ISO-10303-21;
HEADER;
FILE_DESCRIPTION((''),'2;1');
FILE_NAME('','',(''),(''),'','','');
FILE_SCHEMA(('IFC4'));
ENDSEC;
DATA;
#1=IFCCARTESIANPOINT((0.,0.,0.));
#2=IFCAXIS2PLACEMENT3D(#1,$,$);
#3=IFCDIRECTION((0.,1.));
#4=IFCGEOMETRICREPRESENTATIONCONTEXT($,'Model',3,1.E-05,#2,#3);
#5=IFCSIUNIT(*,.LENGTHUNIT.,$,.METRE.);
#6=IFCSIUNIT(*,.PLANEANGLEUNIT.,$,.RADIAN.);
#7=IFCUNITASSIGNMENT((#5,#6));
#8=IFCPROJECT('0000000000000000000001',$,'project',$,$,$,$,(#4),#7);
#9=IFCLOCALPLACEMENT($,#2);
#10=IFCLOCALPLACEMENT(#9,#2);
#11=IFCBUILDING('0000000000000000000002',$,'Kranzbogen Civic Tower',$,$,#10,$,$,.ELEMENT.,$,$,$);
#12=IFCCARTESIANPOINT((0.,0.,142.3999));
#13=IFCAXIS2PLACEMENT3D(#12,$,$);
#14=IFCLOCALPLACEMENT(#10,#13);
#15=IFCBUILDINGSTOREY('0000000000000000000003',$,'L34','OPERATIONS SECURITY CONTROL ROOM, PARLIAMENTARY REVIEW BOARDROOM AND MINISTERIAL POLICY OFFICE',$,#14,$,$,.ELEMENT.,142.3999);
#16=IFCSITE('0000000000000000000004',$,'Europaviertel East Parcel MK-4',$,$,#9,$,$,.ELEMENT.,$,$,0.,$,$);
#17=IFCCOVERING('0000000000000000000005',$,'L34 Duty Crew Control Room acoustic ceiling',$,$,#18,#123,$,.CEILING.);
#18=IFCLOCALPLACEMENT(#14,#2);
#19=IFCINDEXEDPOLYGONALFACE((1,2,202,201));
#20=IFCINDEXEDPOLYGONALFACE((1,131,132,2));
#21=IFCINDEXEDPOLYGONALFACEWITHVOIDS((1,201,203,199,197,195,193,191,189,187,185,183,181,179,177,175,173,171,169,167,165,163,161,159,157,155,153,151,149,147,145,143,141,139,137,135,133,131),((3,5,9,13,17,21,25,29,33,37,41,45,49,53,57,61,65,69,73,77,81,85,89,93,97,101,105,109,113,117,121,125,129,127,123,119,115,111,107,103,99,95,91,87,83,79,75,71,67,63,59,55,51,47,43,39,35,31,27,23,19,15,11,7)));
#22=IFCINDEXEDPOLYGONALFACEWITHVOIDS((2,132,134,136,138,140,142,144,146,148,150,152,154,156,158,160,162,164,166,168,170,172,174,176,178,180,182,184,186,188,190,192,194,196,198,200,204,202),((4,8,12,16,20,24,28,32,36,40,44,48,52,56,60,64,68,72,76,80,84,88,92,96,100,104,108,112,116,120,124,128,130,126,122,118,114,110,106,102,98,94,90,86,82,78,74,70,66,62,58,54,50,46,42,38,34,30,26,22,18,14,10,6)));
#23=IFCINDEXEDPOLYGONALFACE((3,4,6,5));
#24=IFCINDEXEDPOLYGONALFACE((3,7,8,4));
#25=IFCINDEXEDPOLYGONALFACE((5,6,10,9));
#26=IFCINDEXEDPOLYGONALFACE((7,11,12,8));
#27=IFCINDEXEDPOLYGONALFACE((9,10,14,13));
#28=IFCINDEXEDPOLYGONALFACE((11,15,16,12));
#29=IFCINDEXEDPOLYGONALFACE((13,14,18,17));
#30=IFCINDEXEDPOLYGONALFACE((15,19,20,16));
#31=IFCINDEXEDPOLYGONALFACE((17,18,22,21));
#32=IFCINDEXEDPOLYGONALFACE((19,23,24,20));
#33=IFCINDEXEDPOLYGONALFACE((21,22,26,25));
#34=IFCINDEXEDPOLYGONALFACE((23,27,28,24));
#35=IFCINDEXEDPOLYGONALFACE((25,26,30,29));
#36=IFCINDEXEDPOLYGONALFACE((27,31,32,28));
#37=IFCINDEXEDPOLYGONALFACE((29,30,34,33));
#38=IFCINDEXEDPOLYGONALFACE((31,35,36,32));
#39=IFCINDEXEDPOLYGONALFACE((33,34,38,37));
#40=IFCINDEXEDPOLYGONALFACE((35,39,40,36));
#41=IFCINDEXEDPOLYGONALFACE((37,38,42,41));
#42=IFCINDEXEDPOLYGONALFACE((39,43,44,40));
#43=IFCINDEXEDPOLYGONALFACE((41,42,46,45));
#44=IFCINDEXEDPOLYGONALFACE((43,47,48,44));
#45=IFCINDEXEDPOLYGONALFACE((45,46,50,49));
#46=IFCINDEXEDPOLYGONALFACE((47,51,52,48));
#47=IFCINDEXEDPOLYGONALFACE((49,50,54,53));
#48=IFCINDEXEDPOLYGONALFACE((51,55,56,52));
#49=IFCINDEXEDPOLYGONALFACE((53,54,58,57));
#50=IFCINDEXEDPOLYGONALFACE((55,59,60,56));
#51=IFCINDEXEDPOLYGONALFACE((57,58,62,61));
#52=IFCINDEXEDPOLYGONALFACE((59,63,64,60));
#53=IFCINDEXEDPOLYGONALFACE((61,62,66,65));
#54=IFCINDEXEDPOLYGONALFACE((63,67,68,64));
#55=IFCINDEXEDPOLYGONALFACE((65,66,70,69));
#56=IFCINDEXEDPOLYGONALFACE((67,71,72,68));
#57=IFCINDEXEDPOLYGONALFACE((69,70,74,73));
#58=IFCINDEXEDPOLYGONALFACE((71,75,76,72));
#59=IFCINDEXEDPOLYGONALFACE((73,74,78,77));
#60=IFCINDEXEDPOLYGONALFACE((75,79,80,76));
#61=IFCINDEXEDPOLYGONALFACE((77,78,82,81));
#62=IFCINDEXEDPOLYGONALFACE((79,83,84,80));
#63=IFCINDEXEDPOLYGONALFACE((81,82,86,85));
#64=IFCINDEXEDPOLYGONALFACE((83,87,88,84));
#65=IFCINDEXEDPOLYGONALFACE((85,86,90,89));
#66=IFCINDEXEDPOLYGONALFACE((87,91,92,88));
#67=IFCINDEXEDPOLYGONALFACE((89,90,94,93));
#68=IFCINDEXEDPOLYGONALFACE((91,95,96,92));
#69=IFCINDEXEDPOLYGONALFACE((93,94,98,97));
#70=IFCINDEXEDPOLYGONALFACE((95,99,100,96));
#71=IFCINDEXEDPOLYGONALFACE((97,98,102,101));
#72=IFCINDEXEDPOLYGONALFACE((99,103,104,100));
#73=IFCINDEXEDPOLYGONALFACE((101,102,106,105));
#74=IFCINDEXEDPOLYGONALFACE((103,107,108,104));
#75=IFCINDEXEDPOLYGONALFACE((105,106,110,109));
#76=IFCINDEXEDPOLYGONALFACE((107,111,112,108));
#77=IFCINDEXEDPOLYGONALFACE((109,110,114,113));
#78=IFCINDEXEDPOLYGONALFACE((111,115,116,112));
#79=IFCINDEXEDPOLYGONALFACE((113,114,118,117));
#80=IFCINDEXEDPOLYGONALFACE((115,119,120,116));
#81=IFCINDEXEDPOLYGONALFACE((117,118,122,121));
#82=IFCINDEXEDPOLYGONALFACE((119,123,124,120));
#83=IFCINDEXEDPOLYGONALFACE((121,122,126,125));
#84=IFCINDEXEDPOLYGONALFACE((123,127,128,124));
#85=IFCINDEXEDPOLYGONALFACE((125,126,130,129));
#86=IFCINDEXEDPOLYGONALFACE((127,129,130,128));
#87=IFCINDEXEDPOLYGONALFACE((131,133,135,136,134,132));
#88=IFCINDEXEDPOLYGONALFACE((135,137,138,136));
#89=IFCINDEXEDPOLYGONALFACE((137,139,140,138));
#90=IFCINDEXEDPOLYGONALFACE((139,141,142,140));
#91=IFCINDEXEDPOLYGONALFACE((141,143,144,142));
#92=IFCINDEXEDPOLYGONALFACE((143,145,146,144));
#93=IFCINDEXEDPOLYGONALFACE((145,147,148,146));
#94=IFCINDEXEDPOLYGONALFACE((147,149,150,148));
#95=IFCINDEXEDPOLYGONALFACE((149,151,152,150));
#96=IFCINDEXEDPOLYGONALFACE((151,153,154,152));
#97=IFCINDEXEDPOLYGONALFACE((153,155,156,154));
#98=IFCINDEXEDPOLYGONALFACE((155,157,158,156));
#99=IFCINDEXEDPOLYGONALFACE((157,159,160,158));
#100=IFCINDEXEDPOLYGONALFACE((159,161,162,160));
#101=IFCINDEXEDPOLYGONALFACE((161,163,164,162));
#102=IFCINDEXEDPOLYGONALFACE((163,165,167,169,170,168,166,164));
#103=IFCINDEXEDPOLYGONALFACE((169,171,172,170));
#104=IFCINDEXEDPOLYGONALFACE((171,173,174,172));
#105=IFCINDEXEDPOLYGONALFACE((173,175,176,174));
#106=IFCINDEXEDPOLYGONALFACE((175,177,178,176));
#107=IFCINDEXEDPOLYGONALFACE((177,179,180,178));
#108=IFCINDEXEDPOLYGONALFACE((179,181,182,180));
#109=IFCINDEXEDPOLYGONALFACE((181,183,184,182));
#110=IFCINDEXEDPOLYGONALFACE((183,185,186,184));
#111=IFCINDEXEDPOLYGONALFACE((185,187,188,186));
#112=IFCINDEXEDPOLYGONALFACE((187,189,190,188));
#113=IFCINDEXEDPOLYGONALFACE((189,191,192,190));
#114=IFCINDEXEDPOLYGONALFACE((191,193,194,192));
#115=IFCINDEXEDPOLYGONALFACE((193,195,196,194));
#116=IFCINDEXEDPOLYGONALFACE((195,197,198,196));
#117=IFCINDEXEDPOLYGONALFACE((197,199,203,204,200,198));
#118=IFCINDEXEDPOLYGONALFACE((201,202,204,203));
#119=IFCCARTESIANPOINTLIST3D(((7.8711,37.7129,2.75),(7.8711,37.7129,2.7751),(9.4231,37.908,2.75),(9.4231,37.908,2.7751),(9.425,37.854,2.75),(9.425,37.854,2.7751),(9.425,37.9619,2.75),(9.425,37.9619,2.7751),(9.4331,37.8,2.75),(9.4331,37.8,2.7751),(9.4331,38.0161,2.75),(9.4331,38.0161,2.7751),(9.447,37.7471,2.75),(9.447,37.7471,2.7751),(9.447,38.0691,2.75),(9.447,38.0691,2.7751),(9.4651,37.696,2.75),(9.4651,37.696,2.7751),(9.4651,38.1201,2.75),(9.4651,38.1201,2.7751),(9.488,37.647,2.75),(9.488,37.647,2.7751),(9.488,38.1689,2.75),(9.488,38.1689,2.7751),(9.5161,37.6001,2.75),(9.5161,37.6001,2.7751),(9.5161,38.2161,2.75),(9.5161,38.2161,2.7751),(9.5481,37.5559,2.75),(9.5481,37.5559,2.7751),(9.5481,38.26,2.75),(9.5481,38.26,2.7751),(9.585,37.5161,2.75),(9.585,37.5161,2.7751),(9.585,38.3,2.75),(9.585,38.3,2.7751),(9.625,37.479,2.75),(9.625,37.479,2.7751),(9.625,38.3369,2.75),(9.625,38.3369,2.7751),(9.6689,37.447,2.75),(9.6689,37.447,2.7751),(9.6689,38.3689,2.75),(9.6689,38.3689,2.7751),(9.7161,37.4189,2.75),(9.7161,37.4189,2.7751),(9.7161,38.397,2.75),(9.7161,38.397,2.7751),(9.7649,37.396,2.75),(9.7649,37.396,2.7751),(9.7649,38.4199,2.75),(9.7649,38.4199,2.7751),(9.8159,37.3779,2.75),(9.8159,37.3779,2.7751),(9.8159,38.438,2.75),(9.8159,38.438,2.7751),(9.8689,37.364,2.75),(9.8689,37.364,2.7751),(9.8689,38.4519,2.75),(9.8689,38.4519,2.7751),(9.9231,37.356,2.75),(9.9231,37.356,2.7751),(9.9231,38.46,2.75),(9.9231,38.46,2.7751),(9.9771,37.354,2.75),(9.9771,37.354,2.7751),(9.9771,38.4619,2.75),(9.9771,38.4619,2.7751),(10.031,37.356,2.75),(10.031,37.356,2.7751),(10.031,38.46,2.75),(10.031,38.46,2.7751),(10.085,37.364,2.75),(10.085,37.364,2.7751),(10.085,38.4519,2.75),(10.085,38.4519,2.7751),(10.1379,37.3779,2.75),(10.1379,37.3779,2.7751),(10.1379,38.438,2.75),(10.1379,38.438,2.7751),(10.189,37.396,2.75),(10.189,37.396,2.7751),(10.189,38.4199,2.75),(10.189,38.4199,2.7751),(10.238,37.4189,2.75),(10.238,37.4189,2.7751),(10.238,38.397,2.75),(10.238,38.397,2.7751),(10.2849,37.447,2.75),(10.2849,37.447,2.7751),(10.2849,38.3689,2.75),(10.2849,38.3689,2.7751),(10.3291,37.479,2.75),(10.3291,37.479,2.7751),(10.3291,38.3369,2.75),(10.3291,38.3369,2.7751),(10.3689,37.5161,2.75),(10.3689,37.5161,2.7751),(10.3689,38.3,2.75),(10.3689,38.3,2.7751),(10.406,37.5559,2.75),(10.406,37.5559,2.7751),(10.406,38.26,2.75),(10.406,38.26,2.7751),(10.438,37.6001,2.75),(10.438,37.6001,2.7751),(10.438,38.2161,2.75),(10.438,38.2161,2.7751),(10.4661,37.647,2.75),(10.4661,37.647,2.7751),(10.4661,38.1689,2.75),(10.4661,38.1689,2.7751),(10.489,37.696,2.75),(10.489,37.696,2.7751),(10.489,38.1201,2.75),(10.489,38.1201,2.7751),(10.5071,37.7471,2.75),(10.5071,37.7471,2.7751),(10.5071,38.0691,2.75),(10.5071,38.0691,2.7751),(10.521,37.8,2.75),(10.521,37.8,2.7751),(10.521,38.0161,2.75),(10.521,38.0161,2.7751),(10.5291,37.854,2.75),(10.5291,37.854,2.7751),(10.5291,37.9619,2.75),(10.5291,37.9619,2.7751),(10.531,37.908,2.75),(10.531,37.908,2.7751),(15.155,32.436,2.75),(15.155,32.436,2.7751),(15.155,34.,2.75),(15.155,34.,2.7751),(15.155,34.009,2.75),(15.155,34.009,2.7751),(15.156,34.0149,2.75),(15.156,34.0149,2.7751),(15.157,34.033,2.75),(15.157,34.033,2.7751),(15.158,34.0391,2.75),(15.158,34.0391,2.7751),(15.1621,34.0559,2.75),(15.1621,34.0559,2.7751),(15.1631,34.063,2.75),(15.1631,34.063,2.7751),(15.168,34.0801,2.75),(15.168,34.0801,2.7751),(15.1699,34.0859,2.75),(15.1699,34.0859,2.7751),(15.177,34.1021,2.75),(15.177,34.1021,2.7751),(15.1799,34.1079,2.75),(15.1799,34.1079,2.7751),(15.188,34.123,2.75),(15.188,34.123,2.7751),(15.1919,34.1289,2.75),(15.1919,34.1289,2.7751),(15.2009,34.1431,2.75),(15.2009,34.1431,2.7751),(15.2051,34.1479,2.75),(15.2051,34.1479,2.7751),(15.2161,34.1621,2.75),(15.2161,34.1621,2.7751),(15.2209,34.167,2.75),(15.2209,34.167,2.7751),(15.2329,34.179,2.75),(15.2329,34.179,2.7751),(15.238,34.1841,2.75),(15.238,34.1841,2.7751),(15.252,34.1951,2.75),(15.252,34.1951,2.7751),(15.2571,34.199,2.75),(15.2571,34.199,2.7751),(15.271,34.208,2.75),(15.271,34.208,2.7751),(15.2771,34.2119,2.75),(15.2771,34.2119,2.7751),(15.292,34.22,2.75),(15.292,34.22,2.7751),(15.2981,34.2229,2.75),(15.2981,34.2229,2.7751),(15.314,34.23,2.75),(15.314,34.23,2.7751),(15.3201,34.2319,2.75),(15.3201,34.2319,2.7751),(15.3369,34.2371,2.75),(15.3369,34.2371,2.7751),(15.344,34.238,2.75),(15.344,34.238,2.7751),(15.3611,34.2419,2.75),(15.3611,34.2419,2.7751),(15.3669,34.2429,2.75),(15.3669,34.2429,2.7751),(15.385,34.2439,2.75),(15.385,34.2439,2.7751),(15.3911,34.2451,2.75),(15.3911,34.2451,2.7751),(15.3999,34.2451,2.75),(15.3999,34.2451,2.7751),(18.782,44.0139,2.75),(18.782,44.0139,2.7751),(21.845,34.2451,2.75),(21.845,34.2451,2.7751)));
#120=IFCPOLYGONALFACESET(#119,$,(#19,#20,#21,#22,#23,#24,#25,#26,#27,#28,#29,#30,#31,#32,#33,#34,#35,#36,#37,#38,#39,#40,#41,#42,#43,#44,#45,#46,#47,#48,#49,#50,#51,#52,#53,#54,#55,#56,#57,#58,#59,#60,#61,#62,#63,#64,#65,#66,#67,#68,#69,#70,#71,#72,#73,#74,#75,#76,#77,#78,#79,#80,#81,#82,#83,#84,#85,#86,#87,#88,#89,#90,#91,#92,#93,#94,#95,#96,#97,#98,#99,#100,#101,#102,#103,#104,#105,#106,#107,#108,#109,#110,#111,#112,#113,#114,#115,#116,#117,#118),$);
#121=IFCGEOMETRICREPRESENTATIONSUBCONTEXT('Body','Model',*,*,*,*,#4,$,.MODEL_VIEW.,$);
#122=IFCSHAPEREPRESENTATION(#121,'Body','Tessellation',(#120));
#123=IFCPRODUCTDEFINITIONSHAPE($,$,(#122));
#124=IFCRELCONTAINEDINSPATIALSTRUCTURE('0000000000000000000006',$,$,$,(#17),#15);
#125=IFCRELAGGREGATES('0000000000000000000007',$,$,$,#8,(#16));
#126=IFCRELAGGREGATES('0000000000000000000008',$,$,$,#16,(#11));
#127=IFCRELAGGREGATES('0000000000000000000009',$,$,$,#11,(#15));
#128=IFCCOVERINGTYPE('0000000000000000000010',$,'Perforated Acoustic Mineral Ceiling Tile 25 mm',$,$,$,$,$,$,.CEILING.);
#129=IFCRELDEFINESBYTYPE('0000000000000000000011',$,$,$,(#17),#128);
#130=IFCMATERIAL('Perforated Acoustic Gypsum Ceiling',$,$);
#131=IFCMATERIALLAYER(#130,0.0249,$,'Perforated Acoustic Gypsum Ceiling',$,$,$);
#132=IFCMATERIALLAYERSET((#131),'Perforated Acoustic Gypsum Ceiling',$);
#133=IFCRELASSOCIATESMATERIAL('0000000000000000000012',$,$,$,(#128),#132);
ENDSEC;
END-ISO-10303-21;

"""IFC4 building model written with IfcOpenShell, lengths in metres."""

from ifc_helpers import new_model, si_unit, direction, frame, origin, place, context, subcontext, project, spatial, polyline, outline, extrude, material, layer, layer_set, type_object, element, save


model = new_model("IFC4")

# Units and contexts
model_context = context("Model", 3, precision=1e-05, world=origin(), true_north=direction((0.0, 1.0)))
body_context = subcontext(model_context, "Body", "Model", "MODEL_VIEW")
ifc_project = project(units=[si_unit("LENGTHUNIT", "METRE"), si_unit("PLANEANGLEUNIT", "RADIAN")], contexts=[model_context])

# Site, building, storey
site_placement = place(None, origin())
site = spatial("IfcSite", under=ifc_project, at=site_placement, Name="Europaviertel East Parcel MK-4", CompositionType="ELEMENT", RefElevation=0.0)
building_placement = place(site_placement, origin())
building = spatial("IfcBuilding", under=site, at=building_placement, Name="Kranzbogen Civic Tower", CompositionType="ELEMENT")
storey_placement = place(building_placement, frame((0.0, 0.0, 142.3999)))
storey = spatial("IfcBuildingStorey", under=building, at=storey_placement, Name="L34", Description="OPERATIONS SECURITY CONTROL ROOM, PARLIAMENTARY REVIEW BOARDROOM AND MINISTERIAL POLICY OFFICE", CompositionType="ELEMENT", Elevation=142.3999)

# Covering
ifc_material_1 = material(Name="Perforated Acoustic Gypsum Ceiling")
ifc_layer_1 = layer(ifc_material_1, 0.0249, Name="Perforated Acoustic Gypsum Ceiling")
ifc_layer_set_1 = layer_set([ifc_layer_1], Name="Perforated Acoustic Gypsum Ceiling")
covering_type = type_object("IfcCoveringType", Name="Perforated Acoustic Mineral Ceiling Tile 25 mm", PredefinedType="CEILING", material=ifc_layer_set_1)
covering_1_placement = place(storey_placement, frame((0.0, 0.0, 2.75)))
element("IfcCovering", 1, at=covering_1_placement, inside=storey, type_object=covering_type, Name="L34 Duty Crew Control Room acoustic ceiling", PredefinedType="CEILING", context=body_context, shape_type="SweptSolid", body=[
    extrude(outline(polyline([(21.845, 34.2451), (15.3999, 34.2451), (15.3911, 34.2451), (15.385, 34.2439), (15.3669, 34.2429), (15.3611, 34.2419), (15.344, 34.238), (15.3369, 34.2371), (15.3201, 34.2319), (15.314, 34.23), (15.2981, 34.2229), (15.292, 34.22), (15.2771, 34.2119), (15.271, 34.208), (15.2571, 34.199), (15.252, 34.1951), (15.238, 34.1841), (15.2329, 34.179), (15.2209, 34.167), (15.2161, 34.1621), (15.2051, 34.1479), (15.2009, 34.1431), (15.1919, 34.1289), (15.188, 34.123), (15.1799, 34.1079), (15.177, 34.1021), (15.1699, 34.0859), (15.168, 34.0801), (15.1631, 34.063), (15.1621, 34.0559), (15.158, 34.0391), (15.157, 34.033), (15.156, 34.0149), (15.155, 34.009), (15.155, 34.0), (15.155, 32.436), (7.8711, 37.7129), (18.782, 44.0139), (21.845, 34.2451)]), holes=[polyline([(10.489, 37.696), (10.4661, 37.647), (10.438, 37.6001), (10.406, 37.5559), (10.3689, 37.5161), (10.3291, 37.479), (10.2849, 37.447), (10.238, 37.4189), (10.189, 37.396), (10.1379, 37.3779), (10.085, 37.364), (10.031, 37.356), (9.9771, 37.354), (9.9231, 37.356), (9.8689, 37.364), (9.8159, 37.3779), (9.7649, 37.396), (9.7161, 37.4189), (9.6689, 37.447), (9.625, 37.479), (9.585, 37.5161), (9.5481, 37.5559), (9.5161, 37.6001), (9.488, 37.647), (9.4651, 37.696), (9.447, 37.7471), (9.4331, 37.8), (9.425, 37.854), (9.4231, 37.908), (9.425, 37.9619), (9.4331, 38.0161), (9.447, 38.0691), (9.4651, 38.1201), (9.488, 38.1689), (9.5161, 38.2161), (9.5481, 38.26), (9.585, 38.3), (9.625, 38.3369), (9.6689, 38.3689), (9.7161, 38.397), (9.7649, 38.4199), (9.8159, 38.438), (9.8689, 38.4519), (9.9231, 38.46), (9.9771, 38.4619), (10.031, 38.46), (10.085, 38.4519), (10.1379, 38.438), (10.189, 38.4199), (10.238, 38.397), (10.2849, 38.3689), (10.3291, 38.3369), (10.3689, 38.3), (10.406, 38.26), (10.438, 38.2161), (10.4661, 38.1689), (10.489, 38.1201), (10.5071, 38.0691), (10.521, 38.0161), (10.5291, 37.9619), (10.531, 37.908), (10.5291, 37.854), (10.521, 37.8), (10.5071, 37.7471), (10.489, 37.696)])]), origin(), (0.0, 0.0, 1.0), 0.0251),
])

save(model, "model.ifc")
